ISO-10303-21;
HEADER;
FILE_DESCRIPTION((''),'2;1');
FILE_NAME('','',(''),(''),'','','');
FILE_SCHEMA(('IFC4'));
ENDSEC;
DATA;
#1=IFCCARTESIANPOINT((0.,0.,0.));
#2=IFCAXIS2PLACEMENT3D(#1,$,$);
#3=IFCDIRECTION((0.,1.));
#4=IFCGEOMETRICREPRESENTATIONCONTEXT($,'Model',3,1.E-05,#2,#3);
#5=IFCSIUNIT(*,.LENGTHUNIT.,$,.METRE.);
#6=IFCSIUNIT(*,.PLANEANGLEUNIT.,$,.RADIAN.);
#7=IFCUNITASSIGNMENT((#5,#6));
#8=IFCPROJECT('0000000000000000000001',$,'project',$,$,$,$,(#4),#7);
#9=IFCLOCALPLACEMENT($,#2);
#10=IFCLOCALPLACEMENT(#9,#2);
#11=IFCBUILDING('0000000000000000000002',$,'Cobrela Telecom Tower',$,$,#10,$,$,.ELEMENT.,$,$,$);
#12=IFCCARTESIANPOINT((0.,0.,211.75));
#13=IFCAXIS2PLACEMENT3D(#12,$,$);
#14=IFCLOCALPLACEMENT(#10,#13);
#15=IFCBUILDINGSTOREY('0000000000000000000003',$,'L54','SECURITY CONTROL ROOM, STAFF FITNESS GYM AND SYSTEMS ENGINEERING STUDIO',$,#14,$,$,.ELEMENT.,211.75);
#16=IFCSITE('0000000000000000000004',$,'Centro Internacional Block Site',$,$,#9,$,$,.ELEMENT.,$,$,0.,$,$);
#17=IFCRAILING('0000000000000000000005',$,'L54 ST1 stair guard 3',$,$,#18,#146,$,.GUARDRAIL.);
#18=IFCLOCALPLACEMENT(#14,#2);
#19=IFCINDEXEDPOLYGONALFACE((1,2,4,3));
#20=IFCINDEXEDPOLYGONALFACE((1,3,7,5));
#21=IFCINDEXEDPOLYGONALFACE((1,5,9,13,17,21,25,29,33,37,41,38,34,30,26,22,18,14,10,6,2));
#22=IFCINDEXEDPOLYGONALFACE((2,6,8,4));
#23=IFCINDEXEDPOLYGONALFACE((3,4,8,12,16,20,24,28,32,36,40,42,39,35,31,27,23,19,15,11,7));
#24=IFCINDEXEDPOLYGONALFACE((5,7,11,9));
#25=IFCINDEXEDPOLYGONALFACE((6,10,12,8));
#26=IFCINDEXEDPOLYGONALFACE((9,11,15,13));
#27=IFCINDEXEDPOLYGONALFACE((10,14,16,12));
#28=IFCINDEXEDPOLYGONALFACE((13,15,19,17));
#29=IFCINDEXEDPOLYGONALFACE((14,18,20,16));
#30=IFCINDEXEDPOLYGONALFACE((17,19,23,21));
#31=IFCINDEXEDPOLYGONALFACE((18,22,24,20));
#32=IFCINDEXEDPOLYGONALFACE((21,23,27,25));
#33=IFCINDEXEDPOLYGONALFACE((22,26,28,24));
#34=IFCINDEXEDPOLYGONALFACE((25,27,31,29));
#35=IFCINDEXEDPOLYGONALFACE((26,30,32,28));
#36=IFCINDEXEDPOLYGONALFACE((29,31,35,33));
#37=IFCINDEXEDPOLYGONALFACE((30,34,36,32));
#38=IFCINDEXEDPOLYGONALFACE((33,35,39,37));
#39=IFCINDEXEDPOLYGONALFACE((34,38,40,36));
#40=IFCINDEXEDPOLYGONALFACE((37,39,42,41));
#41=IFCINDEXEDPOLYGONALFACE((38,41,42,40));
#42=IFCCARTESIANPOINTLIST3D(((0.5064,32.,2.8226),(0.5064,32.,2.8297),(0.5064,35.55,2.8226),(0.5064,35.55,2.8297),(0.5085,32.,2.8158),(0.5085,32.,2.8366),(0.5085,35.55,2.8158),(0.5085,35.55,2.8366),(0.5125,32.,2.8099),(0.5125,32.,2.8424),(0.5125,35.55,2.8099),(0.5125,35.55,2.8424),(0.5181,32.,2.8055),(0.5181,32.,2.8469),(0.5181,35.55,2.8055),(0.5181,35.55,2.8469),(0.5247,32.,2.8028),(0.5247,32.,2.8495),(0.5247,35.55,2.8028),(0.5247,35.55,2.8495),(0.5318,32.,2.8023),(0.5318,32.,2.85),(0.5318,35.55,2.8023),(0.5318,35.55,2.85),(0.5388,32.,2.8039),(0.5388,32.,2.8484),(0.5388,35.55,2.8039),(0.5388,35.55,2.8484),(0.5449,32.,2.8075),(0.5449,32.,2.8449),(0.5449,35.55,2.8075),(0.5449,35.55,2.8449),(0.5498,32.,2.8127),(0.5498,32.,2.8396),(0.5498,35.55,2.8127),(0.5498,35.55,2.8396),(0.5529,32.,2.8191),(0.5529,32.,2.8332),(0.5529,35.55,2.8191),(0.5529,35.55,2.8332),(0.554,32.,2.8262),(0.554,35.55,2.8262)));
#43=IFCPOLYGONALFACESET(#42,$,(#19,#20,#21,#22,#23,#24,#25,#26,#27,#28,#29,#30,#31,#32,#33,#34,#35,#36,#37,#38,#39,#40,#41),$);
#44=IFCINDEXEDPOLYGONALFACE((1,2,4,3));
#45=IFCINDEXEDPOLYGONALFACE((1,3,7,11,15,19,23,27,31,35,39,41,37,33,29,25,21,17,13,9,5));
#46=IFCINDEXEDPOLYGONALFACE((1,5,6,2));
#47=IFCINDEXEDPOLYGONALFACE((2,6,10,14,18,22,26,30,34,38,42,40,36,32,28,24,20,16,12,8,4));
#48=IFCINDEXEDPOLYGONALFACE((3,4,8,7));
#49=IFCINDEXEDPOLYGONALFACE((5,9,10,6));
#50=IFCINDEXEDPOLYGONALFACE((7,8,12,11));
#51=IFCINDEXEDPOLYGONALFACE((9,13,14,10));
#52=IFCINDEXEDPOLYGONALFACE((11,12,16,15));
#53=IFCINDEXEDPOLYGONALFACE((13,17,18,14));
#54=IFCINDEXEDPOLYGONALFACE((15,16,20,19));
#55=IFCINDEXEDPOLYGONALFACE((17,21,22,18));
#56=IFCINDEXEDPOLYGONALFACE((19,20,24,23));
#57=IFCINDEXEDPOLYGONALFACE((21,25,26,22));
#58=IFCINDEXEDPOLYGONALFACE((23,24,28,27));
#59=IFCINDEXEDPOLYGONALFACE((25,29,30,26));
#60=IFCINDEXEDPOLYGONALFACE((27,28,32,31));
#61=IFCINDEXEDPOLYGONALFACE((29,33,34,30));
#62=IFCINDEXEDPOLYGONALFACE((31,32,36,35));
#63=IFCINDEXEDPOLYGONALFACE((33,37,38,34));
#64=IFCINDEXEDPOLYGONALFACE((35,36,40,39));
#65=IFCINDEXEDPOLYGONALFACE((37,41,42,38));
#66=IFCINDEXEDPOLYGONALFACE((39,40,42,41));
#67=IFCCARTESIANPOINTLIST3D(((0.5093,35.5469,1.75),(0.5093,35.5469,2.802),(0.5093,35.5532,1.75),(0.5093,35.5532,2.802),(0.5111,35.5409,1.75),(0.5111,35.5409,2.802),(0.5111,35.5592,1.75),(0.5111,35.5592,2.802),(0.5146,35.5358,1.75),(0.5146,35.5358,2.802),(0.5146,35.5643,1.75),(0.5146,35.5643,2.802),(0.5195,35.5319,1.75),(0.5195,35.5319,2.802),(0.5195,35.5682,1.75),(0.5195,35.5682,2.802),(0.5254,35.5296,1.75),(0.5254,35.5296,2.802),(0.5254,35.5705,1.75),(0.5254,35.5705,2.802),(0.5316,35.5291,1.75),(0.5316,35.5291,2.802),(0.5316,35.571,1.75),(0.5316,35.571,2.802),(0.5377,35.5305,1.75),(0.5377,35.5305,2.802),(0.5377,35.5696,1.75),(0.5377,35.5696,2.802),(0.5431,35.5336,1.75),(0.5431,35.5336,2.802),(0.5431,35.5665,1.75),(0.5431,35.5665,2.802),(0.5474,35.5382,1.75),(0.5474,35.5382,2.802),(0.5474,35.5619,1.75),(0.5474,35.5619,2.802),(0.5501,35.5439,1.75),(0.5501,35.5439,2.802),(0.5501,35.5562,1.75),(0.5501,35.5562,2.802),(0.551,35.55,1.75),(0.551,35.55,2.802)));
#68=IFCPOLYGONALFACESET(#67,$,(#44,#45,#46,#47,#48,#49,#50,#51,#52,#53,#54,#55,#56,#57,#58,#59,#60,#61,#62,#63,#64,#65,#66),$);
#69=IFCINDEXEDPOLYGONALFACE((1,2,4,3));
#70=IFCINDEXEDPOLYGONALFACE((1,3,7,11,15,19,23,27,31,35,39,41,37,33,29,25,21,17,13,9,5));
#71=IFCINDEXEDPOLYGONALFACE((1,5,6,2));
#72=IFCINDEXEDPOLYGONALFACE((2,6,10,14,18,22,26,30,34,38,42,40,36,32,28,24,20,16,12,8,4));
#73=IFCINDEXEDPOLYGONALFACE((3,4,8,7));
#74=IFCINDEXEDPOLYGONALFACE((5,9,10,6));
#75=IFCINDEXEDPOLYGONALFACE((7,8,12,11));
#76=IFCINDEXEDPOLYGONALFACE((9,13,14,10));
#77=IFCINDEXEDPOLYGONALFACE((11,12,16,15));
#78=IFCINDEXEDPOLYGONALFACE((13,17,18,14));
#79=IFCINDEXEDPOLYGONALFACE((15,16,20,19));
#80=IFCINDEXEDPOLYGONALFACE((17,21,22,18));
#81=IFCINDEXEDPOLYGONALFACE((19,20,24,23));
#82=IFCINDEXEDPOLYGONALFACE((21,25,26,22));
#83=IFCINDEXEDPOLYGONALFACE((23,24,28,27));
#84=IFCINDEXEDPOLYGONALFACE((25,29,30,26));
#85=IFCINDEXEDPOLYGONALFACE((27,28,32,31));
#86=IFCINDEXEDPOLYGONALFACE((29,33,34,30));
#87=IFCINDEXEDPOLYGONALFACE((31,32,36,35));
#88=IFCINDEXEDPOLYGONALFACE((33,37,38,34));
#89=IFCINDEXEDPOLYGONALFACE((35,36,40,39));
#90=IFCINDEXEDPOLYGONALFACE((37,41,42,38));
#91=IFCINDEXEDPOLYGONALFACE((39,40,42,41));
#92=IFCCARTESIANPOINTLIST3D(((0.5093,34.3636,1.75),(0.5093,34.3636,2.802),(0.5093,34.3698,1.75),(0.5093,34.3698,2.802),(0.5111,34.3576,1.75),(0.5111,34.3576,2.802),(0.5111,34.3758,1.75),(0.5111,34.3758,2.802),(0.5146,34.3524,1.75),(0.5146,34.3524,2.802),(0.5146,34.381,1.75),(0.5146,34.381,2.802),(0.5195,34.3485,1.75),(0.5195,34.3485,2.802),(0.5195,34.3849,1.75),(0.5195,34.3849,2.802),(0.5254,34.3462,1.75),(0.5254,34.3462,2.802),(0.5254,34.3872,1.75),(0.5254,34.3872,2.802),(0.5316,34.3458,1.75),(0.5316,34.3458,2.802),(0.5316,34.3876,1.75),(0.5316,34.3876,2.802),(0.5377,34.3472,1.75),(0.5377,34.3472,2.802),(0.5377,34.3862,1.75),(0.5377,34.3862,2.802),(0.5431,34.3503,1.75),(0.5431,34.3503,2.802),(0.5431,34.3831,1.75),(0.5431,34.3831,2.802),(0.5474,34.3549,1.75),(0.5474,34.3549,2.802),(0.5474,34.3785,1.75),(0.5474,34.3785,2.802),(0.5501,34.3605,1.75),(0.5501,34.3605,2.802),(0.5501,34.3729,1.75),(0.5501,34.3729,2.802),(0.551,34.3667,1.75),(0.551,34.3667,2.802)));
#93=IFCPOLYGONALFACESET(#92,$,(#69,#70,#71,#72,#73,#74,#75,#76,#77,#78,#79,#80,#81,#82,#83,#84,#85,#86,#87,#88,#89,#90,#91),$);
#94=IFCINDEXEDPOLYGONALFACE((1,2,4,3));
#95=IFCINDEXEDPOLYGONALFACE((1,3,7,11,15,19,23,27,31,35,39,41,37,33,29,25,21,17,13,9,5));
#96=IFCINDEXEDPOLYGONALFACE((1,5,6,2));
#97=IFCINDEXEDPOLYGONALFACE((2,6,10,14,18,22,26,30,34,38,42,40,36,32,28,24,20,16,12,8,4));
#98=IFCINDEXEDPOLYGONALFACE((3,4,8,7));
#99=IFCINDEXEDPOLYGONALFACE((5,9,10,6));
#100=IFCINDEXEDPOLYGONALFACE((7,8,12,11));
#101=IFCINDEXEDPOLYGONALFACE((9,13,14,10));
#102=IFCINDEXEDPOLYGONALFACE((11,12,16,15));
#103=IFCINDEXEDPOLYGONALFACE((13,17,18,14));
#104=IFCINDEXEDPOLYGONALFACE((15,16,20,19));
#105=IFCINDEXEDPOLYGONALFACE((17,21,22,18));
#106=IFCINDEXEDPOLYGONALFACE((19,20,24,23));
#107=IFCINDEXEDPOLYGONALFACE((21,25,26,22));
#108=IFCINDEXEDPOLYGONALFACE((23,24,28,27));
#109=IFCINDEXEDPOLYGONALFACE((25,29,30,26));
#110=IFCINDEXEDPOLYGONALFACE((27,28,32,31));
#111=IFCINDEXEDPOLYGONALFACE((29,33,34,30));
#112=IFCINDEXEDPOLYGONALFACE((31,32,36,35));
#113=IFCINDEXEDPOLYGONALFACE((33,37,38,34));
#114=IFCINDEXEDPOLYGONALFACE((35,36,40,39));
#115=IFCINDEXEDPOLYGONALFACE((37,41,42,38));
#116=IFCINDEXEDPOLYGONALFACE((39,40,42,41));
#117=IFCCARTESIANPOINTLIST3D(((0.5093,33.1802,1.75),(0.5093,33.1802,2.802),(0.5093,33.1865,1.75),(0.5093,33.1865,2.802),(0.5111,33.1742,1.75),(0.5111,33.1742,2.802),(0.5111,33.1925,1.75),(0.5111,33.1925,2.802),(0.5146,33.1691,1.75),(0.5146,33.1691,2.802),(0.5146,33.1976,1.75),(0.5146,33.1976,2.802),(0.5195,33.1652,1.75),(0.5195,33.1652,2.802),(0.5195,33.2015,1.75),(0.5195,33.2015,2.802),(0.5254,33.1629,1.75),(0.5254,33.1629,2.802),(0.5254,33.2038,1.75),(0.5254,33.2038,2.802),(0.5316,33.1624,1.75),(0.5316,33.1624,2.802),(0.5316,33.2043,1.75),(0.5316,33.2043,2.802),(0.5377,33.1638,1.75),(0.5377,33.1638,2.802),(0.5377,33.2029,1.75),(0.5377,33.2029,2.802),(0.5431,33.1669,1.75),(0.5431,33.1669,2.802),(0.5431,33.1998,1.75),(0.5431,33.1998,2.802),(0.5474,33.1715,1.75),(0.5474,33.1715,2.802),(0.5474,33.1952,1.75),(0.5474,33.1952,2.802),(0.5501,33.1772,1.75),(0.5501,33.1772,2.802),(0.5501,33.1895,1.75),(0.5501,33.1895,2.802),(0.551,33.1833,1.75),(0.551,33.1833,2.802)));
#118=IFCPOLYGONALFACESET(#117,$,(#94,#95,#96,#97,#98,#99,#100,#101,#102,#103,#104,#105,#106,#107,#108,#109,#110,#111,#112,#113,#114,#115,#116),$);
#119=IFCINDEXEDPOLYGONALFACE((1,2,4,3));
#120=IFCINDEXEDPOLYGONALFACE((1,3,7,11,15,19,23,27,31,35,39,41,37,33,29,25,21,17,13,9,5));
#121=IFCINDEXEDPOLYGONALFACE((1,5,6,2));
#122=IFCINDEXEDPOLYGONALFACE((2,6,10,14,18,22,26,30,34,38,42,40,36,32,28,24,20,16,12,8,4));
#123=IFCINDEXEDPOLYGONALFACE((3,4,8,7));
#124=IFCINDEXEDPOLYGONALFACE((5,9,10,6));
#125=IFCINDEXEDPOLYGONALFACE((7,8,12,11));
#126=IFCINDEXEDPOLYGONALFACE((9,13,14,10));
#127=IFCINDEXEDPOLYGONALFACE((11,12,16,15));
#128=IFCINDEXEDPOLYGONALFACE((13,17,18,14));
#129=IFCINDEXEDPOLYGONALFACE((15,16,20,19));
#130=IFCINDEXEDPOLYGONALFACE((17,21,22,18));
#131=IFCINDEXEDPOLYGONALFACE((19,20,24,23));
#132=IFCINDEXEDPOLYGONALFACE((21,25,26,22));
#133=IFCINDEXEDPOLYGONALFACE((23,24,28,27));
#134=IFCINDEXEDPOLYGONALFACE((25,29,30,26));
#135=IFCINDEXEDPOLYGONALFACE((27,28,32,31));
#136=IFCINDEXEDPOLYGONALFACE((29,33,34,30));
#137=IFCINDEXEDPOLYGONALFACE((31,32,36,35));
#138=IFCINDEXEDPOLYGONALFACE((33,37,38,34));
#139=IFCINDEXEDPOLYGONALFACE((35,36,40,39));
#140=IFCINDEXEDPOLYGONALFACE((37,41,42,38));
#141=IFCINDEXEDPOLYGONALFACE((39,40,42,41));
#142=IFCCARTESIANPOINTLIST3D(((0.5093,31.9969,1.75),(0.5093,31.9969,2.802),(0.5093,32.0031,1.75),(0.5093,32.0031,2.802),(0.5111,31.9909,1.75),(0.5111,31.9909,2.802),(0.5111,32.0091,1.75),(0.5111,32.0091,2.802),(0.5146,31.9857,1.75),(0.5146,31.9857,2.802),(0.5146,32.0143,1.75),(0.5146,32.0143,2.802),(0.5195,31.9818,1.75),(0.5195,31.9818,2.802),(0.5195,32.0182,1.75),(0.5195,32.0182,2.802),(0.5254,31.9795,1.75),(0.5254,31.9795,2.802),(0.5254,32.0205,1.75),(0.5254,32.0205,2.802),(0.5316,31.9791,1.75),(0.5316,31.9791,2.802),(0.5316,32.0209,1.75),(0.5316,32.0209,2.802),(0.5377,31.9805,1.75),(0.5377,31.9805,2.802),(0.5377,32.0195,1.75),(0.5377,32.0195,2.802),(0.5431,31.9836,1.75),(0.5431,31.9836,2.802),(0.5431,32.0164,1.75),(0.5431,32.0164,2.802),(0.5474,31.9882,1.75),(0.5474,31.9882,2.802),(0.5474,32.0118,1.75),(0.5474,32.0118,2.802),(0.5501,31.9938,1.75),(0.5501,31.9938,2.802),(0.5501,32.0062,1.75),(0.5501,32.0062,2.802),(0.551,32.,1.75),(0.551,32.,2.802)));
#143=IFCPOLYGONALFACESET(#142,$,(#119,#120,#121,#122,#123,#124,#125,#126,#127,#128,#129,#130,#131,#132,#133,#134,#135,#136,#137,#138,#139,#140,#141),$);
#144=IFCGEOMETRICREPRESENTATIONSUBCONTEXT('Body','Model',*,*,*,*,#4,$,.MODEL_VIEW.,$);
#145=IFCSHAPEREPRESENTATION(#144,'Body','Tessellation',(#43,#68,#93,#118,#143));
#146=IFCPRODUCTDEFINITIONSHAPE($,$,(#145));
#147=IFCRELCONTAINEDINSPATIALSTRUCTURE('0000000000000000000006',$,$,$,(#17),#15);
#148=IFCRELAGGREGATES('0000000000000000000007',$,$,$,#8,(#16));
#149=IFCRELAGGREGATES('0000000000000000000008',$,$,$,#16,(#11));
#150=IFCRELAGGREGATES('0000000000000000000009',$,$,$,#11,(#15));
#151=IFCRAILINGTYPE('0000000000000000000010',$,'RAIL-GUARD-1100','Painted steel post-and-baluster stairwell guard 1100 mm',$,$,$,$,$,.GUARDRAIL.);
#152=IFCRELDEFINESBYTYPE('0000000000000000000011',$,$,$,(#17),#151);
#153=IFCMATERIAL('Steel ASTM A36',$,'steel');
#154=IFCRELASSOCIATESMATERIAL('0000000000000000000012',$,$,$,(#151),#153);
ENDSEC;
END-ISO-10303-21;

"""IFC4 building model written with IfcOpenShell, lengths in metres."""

from ifc_helpers import new_model, si_unit, direction, frame, origin, origin_2d, place, context, subcontext, project, spatial, circle, extrude, material, type_object, element, save


model = new_model("IFC4")

# Units and contexts
model_context = context("Model", 3, precision=1e-05, world=origin(), true_north=direction((0.0, 1.0)))
body_context = subcontext(model_context, "Body", "Model", "MODEL_VIEW")
ifc_project = project(units=[si_unit("LENGTHUNIT", "METRE"), si_unit("PLANEANGLEUNIT", "RADIAN")], contexts=[model_context])

# Site, building, storey
site_placement = place(None, origin())
site = spatial("IfcSite", under=ifc_project, at=site_placement, Name="Centro Internacional Block Site", CompositionType="ELEMENT", RefElevation=0.0)
building_placement = place(site_placement, origin())
building = spatial("IfcBuilding", under=site, at=building_placement, Name="Cobrela Telecom Tower", CompositionType="ELEMENT")
storey_placement = place(building_placement, frame((0.0, 0.0, 211.75)))
storey = spatial("IfcBuildingStorey", under=building, at=storey_placement, Name="L54", Description="SECURITY CONTROL ROOM, STAFF FITNESS GYM AND SYSTEMS ENGINEERING STUDIO", CompositionType="ELEMENT", Elevation=211.75)

# Shared definitions
ifc_material_1 = material(Name="Steel ASTM A36", Category="steel")

# Railing
railing_type_1 = type_object("IfcRailingType", Name="RAIL-GUARD-1100", Description="Painted steel post-and-baluster stairwell guard 1100 mm", PredefinedType="GUARDRAIL", material=ifc_material_1)
railing_1_placement = place(storey_placement, frame((0.53, 35.55, 1.75)))
element("IfcRailing", 1, at=railing_1_placement, inside=storey, type_object=railing_type_1, Name="L54 ST1 stair guard 3", PredefinedType="GUARDRAIL", context=body_context, shape_type="SweptSolid", body=[
    extrude(circle(Radius=0.0239, at=origin_2d()), frame((0.0, 0.0, 1.0762), z_axis=(0.0, -1.0, 0.0), x_axis=(1.0, 0.0, 0.0)), (0.0, 0.0, 1.0), 3.55),
    extrude(circle(Radius=0.021, at=origin_2d()), origin(), (0.0, 0.0, 1.0), 1.052),
    extrude(circle(Radius=0.021, at=origin_2d()), frame((0.0, -1.1833, 0.0)), (0.0, 0.0, 1.0), 1.052),
    extrude(circle(Radius=0.021, at=origin_2d()), frame((0.0, -2.3667, 0.0)), (0.0, 0.0, 1.0), 1.052),
    extrude(circle(Radius=0.021, at=origin_2d()), frame((0.0, -3.55, 0.0)), (0.0, 0.0, 1.0), 1.052),
])

save(model, "model.ifc")
